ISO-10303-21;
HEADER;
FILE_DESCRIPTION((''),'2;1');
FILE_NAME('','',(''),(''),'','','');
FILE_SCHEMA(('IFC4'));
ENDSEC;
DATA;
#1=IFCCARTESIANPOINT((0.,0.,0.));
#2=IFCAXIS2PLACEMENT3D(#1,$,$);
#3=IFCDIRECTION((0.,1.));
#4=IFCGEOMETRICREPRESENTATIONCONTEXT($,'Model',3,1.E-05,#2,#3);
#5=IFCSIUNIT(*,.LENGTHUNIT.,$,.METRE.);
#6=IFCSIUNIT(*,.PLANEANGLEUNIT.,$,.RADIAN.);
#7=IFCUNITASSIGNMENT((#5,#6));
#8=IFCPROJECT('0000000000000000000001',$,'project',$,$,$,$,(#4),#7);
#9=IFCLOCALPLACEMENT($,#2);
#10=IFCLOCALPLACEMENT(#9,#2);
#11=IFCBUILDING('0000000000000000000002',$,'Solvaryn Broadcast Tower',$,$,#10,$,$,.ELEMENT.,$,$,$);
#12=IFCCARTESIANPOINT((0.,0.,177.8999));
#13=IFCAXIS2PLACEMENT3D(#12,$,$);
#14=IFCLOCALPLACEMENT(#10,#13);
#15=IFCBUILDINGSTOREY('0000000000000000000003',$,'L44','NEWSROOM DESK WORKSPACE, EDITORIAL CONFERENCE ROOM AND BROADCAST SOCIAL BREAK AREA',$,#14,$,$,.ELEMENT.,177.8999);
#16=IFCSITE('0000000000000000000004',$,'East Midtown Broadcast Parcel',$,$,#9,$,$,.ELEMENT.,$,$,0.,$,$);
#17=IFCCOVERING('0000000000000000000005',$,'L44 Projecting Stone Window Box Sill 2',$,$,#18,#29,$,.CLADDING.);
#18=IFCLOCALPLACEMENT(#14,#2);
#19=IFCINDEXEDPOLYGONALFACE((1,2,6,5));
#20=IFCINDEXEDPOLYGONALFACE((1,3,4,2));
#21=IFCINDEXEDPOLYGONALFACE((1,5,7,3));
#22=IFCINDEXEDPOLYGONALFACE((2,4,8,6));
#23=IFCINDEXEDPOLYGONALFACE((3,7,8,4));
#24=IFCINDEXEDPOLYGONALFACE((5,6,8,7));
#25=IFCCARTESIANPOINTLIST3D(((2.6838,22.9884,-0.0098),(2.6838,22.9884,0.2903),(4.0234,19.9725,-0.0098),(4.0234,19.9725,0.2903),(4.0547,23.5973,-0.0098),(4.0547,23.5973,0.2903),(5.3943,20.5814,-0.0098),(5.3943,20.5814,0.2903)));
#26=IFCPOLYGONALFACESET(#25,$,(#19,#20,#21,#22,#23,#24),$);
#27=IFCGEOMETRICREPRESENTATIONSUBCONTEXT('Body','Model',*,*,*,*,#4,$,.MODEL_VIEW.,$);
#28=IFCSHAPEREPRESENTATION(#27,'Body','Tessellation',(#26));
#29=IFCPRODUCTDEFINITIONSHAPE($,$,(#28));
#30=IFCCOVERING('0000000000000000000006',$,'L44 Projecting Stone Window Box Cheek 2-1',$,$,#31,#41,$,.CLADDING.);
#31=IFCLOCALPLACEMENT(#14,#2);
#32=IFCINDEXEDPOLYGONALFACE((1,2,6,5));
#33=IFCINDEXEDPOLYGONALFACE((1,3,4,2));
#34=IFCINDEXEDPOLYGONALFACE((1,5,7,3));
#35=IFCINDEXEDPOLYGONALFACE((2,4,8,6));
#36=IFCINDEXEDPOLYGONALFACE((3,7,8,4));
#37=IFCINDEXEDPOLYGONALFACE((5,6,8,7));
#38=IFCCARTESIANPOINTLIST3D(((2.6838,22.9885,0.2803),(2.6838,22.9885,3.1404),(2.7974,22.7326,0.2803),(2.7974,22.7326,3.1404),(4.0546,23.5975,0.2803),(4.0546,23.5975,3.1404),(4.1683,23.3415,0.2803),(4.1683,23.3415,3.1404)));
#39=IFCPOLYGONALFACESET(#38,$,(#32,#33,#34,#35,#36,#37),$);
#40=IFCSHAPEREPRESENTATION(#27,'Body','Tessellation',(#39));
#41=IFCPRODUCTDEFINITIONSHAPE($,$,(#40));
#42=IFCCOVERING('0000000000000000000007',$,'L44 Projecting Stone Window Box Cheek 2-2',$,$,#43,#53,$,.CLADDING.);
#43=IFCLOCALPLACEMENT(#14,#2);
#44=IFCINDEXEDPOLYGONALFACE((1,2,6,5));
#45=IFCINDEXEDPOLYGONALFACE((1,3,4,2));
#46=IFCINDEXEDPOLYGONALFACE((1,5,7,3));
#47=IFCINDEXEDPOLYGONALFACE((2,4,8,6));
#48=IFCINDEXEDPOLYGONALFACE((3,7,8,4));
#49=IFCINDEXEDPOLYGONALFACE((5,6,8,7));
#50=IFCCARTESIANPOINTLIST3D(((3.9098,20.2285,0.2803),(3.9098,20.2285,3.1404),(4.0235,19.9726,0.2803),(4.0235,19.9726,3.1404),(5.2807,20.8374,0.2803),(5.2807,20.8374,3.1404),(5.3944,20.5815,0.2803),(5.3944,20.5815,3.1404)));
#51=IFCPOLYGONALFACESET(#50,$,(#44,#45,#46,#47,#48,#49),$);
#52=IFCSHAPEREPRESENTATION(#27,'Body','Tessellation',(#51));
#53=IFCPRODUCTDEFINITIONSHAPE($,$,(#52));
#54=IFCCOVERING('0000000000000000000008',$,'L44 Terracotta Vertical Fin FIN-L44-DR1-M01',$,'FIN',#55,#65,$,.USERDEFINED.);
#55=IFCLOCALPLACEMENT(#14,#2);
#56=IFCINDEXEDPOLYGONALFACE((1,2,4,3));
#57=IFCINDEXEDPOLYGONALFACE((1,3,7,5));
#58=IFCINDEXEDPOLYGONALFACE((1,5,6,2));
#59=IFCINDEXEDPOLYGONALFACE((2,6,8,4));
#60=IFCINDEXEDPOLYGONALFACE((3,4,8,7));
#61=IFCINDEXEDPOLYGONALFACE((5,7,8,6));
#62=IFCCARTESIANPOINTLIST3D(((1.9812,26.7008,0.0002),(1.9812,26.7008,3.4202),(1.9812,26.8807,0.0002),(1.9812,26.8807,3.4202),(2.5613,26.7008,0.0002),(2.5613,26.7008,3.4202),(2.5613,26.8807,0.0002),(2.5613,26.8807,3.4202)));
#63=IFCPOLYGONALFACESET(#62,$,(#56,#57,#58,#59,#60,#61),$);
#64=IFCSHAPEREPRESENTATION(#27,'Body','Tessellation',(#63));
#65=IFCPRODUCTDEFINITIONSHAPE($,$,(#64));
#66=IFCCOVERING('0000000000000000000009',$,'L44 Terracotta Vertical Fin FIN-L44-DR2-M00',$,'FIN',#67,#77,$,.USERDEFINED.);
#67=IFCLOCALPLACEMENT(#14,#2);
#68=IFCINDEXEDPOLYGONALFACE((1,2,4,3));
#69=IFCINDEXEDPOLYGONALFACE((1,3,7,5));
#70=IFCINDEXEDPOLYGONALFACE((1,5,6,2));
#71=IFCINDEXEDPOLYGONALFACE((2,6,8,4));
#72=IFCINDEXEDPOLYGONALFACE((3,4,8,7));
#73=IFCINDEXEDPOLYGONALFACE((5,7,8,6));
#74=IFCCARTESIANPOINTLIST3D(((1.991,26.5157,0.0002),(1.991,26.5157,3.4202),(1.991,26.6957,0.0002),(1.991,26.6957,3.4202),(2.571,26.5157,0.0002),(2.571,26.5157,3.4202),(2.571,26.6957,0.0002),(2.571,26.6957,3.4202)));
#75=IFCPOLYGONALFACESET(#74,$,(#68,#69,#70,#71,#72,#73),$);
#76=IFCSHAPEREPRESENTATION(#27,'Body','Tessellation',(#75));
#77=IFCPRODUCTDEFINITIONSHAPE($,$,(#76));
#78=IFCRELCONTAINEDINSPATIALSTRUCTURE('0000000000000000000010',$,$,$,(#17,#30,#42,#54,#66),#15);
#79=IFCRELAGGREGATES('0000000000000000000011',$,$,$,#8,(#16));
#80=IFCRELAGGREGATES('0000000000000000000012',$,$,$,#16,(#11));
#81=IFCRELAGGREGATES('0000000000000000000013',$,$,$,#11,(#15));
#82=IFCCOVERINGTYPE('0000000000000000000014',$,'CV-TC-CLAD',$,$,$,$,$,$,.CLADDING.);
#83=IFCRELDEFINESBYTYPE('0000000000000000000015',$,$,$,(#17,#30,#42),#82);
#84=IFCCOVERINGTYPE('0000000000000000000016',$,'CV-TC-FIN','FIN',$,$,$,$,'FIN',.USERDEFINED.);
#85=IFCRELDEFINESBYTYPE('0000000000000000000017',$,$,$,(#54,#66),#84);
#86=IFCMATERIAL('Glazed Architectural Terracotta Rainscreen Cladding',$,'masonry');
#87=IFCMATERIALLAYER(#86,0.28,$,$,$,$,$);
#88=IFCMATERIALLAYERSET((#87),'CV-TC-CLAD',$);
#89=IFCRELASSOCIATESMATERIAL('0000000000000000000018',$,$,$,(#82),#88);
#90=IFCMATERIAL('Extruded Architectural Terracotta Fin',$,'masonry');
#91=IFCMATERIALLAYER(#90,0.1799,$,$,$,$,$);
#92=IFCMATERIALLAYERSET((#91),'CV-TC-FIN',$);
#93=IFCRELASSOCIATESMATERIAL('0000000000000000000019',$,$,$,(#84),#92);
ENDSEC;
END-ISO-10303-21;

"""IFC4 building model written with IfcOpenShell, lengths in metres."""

from ifc_helpers import new_model, si_unit, direction, frame, origin, origin_2d, place, context, subcontext, project, spatial, rectangle, extrude, material, layer, layer_set, type_object, element, save


model = new_model("IFC4")

# Units and contexts
model_context = context("Model", 3, precision=1e-05, world=origin(), true_north=direction((0.0, 1.0)))
body_context = subcontext(model_context, "Body", "Model", "MODEL_VIEW")
ifc_project = project(units=[si_unit("LENGTHUNIT", "METRE"), si_unit("PLANEANGLEUNIT", "RADIAN")], contexts=[model_context])

# Site, building, storey
site_placement = place(None, origin())
site = spatial("IfcSite", under=ifc_project, at=site_placement, Name="East Midtown Broadcast Parcel", CompositionType="ELEMENT", RefElevation=0.0)
building_placement = place(site_placement, origin())
building = spatial("IfcBuilding", under=site, at=building_placement, Name="Solvaryn Broadcast Tower", CompositionType="ELEMENT")
storey_placement = place(building_placement, frame((0.0, 0.0, 177.8999)))
storey = spatial("IfcBuildingStorey", under=building, at=storey_placement, Name="L44", Description="NEWSROOM DESK WORKSPACE, EDITORIAL CONFERENCE ROOM AND BROADCAST SOCIAL BREAK AREA", CompositionType="ELEMENT", Elevation=177.8999)

# Coverings
ifc_material_1 = material(Name="Glazed Architectural Terracotta Rainscreen Cladding", Category="masonry")
ifc_layer_1 = layer(ifc_material_1, 0.28)
ifc_layer_set_1 = layer_set([ifc_layer_1], Name="CV-TC-CLAD")
covering_type_1 = type_object("IfcCoveringType", Name="CV-TC-CLAD", PredefinedType="CLADDING", material=ifc_layer_set_1)
for number, where, z_axis, x_axis, name in (
    (1, (4.0391, 21.7849, -0.0098), (0.0, 0.0, 1.0), (0.405939, -0.9139, 0.0), "L44 Projecting Stone Window Box Sill 2"),
):
    element("IfcCovering", number, at=place(storey_placement, frame(where, z_axis=z_axis, x_axis=x_axis)), inside=storey, type_object=covering_type_1, Name=name, PredefinedType="CLADDING", context=body_context, shape_type="SweptSolid", body=[
        extrude(rectangle(XDim=3.3, YDim=1.5, at=origin_2d()), origin(), (0.0, 0.0, 1.0), 0.3),
    ])
for number, where, z_axis, x_axis, name in (
    (2, (3.426, 23.165, 0.2803), (0.0, 0.0, 1.0), (0.405939, -0.9139, 0.0), "L44 Projecting Stone Window Box Cheek 2-1"),
    (3, (4.6521, 20.405, 0.2803), (0.0, 0.0, 1.0), (0.405939, -0.9139, 0.0), "L44 Projecting Stone Window Box Cheek 2-2"),
):
    element("IfcCovering", number, at=place(storey_placement, frame(where, z_axis=z_axis, x_axis=x_axis)), inside=storey, type_object=covering_type_1, Name=name, PredefinedType="CLADDING", context=body_context, shape_type="SweptSolid", body=[
        extrude(rectangle(XDim=0.28, YDim=1.5, at=origin_2d()), origin(), (0.0, 0.0, 1.0), 2.8601),
    ])
ifc_material_2 = material(Name="Extruded Architectural Terracotta Fin", Category="masonry")
ifc_layer_2 = layer(ifc_material_2, 0.1799)
ifc_layer_set_2 = layer_set([ifc_layer_2], Name="CV-TC-FIN")
covering_type_2 = type_object("IfcCoveringType", Name="CV-TC-FIN", Description="FIN", ElementType="FIN", PredefinedType="USERDEFINED", material=ifc_layer_set_2)
for number, where, z_axis, x_axis, name in (
    (4, (2.2712, 26.7908, 0.0002), (0.0, 0.0, 1.0), (1.0, 0.0, 0.0), "L44 Terracotta Vertical Fin FIN-L44-DR1-M01"),
    (5, (2.281, 26.6057, 0.0002), (0.0, 0.0, 1.0), (1.0, 0.0, 0.0), "L44 Terracotta Vertical Fin FIN-L44-DR2-M00"),
):
    element("IfcCovering", number, at=place(storey_placement, frame(where, z_axis=z_axis, x_axis=x_axis)), inside=storey, type_object=covering_type_2, Name=name, ObjectType="FIN", PredefinedType="USERDEFINED", context=body_context, shape_type="SweptSolid", body=[
        extrude(rectangle(XDim=0.5801, YDim=0.1799, at=origin_2d()), origin(), (0.0, 0.0, 1.0), 3.4199),
    ])

save(model, "model.ifc")
